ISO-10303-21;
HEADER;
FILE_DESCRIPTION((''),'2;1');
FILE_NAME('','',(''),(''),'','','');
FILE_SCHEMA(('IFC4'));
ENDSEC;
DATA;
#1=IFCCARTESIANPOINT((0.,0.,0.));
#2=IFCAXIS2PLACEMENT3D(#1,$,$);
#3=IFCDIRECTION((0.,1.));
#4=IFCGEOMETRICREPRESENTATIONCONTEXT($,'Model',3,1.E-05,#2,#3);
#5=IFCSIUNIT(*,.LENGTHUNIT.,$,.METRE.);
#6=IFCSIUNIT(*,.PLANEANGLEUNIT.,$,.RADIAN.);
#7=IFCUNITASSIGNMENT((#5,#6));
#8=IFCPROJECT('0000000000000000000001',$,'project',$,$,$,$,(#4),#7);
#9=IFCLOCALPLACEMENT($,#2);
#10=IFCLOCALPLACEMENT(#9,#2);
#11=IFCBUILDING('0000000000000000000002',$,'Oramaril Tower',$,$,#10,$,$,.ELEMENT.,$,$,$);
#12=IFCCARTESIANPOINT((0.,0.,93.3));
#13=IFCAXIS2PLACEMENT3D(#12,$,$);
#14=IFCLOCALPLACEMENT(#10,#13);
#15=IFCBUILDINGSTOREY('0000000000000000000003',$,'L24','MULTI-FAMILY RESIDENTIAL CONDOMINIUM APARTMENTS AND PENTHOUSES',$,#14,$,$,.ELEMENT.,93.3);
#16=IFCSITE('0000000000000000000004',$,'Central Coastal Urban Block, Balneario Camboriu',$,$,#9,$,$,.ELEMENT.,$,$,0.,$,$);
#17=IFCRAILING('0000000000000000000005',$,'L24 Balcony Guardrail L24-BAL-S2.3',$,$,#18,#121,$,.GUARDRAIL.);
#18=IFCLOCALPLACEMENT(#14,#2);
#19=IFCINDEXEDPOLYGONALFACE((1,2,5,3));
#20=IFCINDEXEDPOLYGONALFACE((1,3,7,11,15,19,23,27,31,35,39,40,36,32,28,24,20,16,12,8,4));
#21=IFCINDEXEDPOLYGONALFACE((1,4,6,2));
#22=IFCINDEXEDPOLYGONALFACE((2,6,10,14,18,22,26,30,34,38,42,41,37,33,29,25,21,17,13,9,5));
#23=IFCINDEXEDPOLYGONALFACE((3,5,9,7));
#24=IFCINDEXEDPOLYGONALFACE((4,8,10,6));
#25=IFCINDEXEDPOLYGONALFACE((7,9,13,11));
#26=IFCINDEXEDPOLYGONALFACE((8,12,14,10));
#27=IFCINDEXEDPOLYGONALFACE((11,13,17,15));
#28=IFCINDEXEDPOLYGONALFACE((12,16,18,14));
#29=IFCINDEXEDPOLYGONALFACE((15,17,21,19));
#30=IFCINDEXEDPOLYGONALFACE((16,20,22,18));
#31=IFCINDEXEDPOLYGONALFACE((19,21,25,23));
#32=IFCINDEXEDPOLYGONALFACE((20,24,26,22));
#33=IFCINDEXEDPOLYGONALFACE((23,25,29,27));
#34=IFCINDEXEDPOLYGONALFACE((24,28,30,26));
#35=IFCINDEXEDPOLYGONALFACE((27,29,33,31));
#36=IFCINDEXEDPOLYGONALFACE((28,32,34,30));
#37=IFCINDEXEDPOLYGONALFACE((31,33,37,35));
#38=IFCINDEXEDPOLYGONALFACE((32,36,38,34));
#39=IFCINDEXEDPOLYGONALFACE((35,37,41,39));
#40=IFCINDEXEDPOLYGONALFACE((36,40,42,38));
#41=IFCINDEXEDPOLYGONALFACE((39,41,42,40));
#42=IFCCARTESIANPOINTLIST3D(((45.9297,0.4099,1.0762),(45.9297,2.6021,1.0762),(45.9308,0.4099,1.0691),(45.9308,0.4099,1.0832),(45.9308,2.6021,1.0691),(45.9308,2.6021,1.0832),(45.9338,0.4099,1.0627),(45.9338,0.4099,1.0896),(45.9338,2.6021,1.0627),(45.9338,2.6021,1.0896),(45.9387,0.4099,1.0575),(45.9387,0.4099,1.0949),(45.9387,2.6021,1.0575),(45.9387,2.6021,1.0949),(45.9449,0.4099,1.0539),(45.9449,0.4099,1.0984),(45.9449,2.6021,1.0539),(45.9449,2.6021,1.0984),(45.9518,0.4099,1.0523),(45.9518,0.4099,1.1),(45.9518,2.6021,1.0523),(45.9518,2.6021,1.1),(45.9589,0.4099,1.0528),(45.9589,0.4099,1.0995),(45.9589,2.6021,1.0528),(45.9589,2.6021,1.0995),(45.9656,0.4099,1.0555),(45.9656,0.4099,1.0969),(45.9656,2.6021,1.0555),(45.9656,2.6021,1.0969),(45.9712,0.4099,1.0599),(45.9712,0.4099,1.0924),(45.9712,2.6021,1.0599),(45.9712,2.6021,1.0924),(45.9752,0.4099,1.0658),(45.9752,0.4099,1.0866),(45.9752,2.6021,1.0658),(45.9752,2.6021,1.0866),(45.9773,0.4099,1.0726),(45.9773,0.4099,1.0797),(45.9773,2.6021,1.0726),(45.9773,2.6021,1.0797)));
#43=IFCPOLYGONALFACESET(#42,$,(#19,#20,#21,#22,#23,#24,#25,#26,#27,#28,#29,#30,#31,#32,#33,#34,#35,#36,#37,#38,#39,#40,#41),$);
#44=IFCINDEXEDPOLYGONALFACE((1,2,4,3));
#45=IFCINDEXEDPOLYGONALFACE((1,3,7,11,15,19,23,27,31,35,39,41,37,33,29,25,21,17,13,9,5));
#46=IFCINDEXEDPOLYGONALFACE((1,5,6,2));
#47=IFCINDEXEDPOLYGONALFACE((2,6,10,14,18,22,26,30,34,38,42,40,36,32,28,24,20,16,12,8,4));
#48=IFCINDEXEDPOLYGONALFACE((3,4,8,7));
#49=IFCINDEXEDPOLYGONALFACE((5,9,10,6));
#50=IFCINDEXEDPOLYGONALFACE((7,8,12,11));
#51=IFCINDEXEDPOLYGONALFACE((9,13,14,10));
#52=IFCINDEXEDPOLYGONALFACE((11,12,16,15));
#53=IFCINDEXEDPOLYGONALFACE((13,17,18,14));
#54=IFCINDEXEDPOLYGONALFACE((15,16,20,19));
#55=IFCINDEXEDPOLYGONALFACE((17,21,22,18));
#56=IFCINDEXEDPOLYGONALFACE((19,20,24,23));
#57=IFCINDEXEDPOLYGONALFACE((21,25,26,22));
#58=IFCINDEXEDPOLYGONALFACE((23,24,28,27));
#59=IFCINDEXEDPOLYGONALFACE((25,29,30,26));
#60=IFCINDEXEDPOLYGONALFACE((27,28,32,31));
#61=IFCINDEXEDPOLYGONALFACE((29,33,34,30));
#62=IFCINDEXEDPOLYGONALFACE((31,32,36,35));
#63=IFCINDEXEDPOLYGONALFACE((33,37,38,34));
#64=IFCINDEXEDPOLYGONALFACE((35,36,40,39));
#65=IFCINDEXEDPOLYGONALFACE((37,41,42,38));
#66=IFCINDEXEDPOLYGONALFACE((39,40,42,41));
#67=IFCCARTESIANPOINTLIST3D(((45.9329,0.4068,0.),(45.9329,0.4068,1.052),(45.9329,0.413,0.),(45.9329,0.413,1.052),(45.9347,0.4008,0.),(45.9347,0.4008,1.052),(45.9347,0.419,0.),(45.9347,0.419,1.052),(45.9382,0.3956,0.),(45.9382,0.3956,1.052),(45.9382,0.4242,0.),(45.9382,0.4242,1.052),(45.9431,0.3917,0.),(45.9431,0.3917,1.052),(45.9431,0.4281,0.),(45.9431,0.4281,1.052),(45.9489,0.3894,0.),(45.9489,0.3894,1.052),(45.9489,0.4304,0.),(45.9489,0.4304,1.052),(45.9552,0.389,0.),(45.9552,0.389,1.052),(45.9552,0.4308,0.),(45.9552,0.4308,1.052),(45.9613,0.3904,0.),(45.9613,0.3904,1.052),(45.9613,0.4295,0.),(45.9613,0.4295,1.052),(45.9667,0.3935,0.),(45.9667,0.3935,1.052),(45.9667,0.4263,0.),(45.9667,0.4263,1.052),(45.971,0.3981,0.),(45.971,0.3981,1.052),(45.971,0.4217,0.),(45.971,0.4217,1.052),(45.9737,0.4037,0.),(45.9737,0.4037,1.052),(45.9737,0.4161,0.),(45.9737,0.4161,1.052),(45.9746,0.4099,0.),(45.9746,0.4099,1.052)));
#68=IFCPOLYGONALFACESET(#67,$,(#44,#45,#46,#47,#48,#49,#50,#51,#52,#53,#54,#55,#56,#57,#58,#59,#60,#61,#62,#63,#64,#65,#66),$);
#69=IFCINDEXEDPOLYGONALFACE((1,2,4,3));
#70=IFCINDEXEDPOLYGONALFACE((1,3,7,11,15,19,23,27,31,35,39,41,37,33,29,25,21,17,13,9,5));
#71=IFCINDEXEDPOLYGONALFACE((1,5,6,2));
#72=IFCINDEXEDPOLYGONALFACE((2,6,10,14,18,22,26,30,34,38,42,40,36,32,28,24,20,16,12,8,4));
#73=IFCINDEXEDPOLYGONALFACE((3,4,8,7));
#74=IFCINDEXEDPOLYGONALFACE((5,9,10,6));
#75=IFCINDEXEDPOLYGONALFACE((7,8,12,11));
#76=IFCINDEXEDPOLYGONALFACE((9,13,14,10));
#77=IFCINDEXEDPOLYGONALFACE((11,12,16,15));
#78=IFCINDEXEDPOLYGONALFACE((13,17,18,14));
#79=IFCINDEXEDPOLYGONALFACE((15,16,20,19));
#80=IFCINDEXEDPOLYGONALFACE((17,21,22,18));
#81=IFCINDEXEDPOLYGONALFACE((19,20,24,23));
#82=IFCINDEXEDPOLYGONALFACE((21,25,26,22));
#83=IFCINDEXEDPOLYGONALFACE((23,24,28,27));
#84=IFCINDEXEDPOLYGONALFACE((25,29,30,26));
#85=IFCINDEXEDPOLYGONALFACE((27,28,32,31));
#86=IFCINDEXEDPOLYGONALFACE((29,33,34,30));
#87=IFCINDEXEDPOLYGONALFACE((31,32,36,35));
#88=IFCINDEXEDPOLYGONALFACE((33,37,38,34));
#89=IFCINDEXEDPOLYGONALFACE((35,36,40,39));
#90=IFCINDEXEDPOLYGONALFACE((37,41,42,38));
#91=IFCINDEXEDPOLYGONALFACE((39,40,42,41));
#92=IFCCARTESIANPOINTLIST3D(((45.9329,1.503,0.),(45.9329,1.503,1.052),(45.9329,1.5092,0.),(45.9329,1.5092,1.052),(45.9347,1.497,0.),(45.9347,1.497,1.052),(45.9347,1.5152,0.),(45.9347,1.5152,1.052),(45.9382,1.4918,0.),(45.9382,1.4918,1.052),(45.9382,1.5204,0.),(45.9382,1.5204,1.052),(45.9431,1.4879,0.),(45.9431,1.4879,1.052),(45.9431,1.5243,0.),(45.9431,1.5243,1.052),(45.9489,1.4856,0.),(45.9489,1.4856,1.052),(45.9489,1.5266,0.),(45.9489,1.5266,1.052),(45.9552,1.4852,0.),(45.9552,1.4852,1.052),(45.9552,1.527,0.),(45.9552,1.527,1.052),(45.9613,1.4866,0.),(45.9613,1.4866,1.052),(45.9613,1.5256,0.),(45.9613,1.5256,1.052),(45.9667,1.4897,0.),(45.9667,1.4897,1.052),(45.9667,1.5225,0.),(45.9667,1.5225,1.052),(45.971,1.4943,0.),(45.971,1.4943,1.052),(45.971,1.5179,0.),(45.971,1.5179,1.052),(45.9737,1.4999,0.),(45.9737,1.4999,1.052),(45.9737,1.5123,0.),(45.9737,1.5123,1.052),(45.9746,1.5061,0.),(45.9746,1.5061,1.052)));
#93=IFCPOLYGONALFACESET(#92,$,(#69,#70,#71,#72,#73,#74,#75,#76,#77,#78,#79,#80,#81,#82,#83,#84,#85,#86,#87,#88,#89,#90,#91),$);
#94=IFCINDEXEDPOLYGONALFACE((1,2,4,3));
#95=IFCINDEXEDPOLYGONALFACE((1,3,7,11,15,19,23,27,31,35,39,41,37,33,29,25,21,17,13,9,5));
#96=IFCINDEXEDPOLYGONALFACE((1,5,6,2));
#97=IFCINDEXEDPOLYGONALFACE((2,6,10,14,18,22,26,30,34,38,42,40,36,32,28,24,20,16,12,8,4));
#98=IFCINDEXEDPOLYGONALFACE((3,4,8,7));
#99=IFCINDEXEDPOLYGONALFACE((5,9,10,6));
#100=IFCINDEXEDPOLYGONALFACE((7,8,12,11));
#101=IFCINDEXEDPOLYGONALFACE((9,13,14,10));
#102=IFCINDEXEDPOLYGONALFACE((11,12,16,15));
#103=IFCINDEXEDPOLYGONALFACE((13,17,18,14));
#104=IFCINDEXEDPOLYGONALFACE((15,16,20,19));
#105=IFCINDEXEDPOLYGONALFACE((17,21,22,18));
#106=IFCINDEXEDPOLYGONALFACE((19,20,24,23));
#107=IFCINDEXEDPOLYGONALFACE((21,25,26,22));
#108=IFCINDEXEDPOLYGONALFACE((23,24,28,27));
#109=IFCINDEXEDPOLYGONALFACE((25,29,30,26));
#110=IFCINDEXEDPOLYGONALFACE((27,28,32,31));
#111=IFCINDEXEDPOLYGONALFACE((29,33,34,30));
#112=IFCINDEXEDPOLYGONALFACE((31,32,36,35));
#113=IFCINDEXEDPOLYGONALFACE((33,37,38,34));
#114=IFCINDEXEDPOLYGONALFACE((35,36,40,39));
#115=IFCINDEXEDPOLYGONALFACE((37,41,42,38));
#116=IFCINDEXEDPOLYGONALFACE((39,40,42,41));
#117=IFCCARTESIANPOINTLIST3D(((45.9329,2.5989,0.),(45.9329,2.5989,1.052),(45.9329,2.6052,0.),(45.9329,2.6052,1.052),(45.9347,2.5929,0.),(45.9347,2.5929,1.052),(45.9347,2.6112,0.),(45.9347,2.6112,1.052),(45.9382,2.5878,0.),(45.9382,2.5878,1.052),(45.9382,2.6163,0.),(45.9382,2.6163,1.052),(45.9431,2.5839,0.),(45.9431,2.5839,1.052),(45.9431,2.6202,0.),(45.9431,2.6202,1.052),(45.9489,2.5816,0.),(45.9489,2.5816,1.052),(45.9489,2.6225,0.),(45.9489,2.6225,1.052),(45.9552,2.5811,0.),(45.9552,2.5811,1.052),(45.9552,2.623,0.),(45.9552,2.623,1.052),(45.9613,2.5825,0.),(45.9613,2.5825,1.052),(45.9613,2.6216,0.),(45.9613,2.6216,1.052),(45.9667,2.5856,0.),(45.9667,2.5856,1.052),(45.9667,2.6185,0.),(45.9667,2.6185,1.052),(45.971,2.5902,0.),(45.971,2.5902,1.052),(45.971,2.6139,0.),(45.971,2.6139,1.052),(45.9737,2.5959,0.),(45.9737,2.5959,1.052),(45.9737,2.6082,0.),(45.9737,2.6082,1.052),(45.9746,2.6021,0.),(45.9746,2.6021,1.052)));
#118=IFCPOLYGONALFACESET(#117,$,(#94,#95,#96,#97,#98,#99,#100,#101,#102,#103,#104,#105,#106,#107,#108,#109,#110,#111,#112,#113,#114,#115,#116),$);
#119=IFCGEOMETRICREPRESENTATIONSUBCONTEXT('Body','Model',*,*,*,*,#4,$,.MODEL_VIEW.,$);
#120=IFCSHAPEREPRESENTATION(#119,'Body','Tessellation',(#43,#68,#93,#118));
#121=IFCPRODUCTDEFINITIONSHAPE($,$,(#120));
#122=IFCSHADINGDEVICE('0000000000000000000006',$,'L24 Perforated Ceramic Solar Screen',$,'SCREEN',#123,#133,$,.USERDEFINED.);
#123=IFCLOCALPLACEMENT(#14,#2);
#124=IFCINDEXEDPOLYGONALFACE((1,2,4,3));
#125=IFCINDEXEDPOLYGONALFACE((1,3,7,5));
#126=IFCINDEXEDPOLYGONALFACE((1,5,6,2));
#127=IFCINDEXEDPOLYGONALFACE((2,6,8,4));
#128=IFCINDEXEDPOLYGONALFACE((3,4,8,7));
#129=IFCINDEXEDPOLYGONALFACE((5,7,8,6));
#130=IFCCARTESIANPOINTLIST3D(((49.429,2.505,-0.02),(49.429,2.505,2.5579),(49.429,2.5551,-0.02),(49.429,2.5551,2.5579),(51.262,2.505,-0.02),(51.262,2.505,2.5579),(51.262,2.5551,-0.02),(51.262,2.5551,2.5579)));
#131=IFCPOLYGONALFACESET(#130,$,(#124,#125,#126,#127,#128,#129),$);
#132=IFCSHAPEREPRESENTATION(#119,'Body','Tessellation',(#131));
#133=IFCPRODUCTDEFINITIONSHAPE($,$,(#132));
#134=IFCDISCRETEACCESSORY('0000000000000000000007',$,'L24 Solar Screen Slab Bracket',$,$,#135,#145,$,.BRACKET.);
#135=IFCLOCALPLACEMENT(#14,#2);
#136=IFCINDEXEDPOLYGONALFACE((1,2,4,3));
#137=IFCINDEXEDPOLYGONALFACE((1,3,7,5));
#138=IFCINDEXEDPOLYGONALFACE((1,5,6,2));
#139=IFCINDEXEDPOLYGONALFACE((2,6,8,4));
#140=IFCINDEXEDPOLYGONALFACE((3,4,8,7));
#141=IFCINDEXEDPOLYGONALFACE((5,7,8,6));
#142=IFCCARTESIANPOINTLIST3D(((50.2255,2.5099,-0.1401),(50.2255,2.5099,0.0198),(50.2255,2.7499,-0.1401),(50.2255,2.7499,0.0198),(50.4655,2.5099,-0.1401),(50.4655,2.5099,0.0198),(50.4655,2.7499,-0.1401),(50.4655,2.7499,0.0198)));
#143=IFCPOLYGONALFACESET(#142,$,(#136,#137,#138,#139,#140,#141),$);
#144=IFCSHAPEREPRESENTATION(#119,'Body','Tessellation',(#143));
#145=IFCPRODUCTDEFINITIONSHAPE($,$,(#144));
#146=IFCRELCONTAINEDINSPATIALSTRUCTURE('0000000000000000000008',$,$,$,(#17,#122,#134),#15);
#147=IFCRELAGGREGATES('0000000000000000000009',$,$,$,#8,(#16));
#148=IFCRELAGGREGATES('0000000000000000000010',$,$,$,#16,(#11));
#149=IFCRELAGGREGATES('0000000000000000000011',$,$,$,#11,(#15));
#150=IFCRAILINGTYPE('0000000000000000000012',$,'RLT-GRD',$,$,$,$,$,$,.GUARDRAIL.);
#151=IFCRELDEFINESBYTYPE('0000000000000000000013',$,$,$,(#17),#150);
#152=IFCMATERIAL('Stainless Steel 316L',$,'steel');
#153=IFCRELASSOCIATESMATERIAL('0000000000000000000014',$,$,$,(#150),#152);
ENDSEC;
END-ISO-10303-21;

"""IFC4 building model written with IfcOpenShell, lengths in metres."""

from ifc_helpers import new_model, si_unit, direction, frame, origin, origin_2d, place, context, subcontext, project, spatial, rectangle, circle, extrude, material, type_object, element, save


model = new_model("IFC4")

# Units and contexts
model_context = context("Model", 3, precision=1e-05, world=origin(), true_north=direction((0.0, 1.0)))
body_context = subcontext(model_context, "Body", "Model", "MODEL_VIEW")
ifc_project = project(units=[si_unit("LENGTHUNIT", "METRE"), si_unit("PLANEANGLEUNIT", "RADIAN")], contexts=[model_context])

# Site, building, storey
site_placement = place(None, origin())
site = spatial("IfcSite", under=ifc_project, at=site_placement, Name="Central Coastal Urban Block, Balneario Camboriu", CompositionType="ELEMENT", RefElevation=0.0)
building_placement = place(site_placement, origin())
building = spatial("IfcBuilding", under=site, at=building_placement, Name="Oramaril Tower", CompositionType="ELEMENT")
storey_placement = place(building_placement, frame((0.0, 0.0, 93.3)))
storey = spatial("IfcBuildingStorey", under=building, at=storey_placement, Name="L24", Description="MULTI-FAMILY RESIDENTIAL CONDOMINIUM APARTMENTS AND PENTHOUSES", CompositionType="ELEMENT", Elevation=93.3)

# Railing
ifc_material_1 = material(Name="Stainless Steel 316L", Category="steel")
railing_type = type_object("IfcRailingType", Name="RLT-GRD", PredefinedType="GUARDRAIL", material=ifc_material_1)
railing_1_placement = place(storey_placement, frame((45.9536, 0.4099, 0.0)))
element("IfcRailing", 1, at=railing_1_placement, inside=storey, type_object=railing_type, Name="L24 Balcony Guardrail L24-BAL-S2.3", PredefinedType="GUARDRAIL", context=body_context, shape_type="SweptSolid", body=[
    extrude(circle(Radius=0.0239, at=origin_2d()), frame((0.0, 0.0, 1.0762), z_axis=(0.0, 1.0, 0.0), x_axis=(-1.0, 0.0, 0.0)), (0.0, 0.0, 1.0), 2.1921),
    extrude(circle(Radius=0.021, at=origin_2d()), origin(), (0.0, 0.0, 1.0), 1.052),
    extrude(circle(Radius=0.021, at=origin_2d()), frame((0.0, 1.0962, 0.0)), (0.0, 0.0, 1.0), 1.052),
    extrude(circle(Radius=0.021, at=origin_2d()), frame((0.0, 2.1921, 0.0)), (0.0, 0.0, 1.0), 1.052),
])

# Shading device
shading_device_placement = place(storey_placement, frame((50.3455, 2.53, -0.02), z_axis=(0.0, 0.0, 1.0), x_axis=(1.0, 0.0, 0.0)))
element("IfcShadingDevice", 2, at=shading_device_placement, inside=storey, Name="L24 Perforated Ceramic Solar Screen", ObjectType="SCREEN", PredefinedType="USERDEFINED", context=body_context, shape_type="SweptSolid", body=[
    extrude(rectangle(XDim=1.833, YDim=0.05, at=origin_2d()), origin(), (0.0, 0.0, 1.0), 2.5779),
])

# Discrete accessory
discrete_accessory_placement = place(storey_placement, frame((50.3455, 2.6299, -0.1401), z_axis=(0.0, 0.0, 1.0), x_axis=(1.0, 0.0, 0.0)))
element("IfcDiscreteAccessory", 3, at=discrete_accessory_placement, inside=storey, Name="L24 Solar Screen Slab Bracket", PredefinedType="BRACKET", context=body_context, shape_type="SweptSolid", body=[
    extrude(rectangle(XDim=0.24, YDim=0.24, at=origin_2d()), origin(), (0.0, 0.0, 1.0), 0.1599),
])

save(model, "model.ifc")
